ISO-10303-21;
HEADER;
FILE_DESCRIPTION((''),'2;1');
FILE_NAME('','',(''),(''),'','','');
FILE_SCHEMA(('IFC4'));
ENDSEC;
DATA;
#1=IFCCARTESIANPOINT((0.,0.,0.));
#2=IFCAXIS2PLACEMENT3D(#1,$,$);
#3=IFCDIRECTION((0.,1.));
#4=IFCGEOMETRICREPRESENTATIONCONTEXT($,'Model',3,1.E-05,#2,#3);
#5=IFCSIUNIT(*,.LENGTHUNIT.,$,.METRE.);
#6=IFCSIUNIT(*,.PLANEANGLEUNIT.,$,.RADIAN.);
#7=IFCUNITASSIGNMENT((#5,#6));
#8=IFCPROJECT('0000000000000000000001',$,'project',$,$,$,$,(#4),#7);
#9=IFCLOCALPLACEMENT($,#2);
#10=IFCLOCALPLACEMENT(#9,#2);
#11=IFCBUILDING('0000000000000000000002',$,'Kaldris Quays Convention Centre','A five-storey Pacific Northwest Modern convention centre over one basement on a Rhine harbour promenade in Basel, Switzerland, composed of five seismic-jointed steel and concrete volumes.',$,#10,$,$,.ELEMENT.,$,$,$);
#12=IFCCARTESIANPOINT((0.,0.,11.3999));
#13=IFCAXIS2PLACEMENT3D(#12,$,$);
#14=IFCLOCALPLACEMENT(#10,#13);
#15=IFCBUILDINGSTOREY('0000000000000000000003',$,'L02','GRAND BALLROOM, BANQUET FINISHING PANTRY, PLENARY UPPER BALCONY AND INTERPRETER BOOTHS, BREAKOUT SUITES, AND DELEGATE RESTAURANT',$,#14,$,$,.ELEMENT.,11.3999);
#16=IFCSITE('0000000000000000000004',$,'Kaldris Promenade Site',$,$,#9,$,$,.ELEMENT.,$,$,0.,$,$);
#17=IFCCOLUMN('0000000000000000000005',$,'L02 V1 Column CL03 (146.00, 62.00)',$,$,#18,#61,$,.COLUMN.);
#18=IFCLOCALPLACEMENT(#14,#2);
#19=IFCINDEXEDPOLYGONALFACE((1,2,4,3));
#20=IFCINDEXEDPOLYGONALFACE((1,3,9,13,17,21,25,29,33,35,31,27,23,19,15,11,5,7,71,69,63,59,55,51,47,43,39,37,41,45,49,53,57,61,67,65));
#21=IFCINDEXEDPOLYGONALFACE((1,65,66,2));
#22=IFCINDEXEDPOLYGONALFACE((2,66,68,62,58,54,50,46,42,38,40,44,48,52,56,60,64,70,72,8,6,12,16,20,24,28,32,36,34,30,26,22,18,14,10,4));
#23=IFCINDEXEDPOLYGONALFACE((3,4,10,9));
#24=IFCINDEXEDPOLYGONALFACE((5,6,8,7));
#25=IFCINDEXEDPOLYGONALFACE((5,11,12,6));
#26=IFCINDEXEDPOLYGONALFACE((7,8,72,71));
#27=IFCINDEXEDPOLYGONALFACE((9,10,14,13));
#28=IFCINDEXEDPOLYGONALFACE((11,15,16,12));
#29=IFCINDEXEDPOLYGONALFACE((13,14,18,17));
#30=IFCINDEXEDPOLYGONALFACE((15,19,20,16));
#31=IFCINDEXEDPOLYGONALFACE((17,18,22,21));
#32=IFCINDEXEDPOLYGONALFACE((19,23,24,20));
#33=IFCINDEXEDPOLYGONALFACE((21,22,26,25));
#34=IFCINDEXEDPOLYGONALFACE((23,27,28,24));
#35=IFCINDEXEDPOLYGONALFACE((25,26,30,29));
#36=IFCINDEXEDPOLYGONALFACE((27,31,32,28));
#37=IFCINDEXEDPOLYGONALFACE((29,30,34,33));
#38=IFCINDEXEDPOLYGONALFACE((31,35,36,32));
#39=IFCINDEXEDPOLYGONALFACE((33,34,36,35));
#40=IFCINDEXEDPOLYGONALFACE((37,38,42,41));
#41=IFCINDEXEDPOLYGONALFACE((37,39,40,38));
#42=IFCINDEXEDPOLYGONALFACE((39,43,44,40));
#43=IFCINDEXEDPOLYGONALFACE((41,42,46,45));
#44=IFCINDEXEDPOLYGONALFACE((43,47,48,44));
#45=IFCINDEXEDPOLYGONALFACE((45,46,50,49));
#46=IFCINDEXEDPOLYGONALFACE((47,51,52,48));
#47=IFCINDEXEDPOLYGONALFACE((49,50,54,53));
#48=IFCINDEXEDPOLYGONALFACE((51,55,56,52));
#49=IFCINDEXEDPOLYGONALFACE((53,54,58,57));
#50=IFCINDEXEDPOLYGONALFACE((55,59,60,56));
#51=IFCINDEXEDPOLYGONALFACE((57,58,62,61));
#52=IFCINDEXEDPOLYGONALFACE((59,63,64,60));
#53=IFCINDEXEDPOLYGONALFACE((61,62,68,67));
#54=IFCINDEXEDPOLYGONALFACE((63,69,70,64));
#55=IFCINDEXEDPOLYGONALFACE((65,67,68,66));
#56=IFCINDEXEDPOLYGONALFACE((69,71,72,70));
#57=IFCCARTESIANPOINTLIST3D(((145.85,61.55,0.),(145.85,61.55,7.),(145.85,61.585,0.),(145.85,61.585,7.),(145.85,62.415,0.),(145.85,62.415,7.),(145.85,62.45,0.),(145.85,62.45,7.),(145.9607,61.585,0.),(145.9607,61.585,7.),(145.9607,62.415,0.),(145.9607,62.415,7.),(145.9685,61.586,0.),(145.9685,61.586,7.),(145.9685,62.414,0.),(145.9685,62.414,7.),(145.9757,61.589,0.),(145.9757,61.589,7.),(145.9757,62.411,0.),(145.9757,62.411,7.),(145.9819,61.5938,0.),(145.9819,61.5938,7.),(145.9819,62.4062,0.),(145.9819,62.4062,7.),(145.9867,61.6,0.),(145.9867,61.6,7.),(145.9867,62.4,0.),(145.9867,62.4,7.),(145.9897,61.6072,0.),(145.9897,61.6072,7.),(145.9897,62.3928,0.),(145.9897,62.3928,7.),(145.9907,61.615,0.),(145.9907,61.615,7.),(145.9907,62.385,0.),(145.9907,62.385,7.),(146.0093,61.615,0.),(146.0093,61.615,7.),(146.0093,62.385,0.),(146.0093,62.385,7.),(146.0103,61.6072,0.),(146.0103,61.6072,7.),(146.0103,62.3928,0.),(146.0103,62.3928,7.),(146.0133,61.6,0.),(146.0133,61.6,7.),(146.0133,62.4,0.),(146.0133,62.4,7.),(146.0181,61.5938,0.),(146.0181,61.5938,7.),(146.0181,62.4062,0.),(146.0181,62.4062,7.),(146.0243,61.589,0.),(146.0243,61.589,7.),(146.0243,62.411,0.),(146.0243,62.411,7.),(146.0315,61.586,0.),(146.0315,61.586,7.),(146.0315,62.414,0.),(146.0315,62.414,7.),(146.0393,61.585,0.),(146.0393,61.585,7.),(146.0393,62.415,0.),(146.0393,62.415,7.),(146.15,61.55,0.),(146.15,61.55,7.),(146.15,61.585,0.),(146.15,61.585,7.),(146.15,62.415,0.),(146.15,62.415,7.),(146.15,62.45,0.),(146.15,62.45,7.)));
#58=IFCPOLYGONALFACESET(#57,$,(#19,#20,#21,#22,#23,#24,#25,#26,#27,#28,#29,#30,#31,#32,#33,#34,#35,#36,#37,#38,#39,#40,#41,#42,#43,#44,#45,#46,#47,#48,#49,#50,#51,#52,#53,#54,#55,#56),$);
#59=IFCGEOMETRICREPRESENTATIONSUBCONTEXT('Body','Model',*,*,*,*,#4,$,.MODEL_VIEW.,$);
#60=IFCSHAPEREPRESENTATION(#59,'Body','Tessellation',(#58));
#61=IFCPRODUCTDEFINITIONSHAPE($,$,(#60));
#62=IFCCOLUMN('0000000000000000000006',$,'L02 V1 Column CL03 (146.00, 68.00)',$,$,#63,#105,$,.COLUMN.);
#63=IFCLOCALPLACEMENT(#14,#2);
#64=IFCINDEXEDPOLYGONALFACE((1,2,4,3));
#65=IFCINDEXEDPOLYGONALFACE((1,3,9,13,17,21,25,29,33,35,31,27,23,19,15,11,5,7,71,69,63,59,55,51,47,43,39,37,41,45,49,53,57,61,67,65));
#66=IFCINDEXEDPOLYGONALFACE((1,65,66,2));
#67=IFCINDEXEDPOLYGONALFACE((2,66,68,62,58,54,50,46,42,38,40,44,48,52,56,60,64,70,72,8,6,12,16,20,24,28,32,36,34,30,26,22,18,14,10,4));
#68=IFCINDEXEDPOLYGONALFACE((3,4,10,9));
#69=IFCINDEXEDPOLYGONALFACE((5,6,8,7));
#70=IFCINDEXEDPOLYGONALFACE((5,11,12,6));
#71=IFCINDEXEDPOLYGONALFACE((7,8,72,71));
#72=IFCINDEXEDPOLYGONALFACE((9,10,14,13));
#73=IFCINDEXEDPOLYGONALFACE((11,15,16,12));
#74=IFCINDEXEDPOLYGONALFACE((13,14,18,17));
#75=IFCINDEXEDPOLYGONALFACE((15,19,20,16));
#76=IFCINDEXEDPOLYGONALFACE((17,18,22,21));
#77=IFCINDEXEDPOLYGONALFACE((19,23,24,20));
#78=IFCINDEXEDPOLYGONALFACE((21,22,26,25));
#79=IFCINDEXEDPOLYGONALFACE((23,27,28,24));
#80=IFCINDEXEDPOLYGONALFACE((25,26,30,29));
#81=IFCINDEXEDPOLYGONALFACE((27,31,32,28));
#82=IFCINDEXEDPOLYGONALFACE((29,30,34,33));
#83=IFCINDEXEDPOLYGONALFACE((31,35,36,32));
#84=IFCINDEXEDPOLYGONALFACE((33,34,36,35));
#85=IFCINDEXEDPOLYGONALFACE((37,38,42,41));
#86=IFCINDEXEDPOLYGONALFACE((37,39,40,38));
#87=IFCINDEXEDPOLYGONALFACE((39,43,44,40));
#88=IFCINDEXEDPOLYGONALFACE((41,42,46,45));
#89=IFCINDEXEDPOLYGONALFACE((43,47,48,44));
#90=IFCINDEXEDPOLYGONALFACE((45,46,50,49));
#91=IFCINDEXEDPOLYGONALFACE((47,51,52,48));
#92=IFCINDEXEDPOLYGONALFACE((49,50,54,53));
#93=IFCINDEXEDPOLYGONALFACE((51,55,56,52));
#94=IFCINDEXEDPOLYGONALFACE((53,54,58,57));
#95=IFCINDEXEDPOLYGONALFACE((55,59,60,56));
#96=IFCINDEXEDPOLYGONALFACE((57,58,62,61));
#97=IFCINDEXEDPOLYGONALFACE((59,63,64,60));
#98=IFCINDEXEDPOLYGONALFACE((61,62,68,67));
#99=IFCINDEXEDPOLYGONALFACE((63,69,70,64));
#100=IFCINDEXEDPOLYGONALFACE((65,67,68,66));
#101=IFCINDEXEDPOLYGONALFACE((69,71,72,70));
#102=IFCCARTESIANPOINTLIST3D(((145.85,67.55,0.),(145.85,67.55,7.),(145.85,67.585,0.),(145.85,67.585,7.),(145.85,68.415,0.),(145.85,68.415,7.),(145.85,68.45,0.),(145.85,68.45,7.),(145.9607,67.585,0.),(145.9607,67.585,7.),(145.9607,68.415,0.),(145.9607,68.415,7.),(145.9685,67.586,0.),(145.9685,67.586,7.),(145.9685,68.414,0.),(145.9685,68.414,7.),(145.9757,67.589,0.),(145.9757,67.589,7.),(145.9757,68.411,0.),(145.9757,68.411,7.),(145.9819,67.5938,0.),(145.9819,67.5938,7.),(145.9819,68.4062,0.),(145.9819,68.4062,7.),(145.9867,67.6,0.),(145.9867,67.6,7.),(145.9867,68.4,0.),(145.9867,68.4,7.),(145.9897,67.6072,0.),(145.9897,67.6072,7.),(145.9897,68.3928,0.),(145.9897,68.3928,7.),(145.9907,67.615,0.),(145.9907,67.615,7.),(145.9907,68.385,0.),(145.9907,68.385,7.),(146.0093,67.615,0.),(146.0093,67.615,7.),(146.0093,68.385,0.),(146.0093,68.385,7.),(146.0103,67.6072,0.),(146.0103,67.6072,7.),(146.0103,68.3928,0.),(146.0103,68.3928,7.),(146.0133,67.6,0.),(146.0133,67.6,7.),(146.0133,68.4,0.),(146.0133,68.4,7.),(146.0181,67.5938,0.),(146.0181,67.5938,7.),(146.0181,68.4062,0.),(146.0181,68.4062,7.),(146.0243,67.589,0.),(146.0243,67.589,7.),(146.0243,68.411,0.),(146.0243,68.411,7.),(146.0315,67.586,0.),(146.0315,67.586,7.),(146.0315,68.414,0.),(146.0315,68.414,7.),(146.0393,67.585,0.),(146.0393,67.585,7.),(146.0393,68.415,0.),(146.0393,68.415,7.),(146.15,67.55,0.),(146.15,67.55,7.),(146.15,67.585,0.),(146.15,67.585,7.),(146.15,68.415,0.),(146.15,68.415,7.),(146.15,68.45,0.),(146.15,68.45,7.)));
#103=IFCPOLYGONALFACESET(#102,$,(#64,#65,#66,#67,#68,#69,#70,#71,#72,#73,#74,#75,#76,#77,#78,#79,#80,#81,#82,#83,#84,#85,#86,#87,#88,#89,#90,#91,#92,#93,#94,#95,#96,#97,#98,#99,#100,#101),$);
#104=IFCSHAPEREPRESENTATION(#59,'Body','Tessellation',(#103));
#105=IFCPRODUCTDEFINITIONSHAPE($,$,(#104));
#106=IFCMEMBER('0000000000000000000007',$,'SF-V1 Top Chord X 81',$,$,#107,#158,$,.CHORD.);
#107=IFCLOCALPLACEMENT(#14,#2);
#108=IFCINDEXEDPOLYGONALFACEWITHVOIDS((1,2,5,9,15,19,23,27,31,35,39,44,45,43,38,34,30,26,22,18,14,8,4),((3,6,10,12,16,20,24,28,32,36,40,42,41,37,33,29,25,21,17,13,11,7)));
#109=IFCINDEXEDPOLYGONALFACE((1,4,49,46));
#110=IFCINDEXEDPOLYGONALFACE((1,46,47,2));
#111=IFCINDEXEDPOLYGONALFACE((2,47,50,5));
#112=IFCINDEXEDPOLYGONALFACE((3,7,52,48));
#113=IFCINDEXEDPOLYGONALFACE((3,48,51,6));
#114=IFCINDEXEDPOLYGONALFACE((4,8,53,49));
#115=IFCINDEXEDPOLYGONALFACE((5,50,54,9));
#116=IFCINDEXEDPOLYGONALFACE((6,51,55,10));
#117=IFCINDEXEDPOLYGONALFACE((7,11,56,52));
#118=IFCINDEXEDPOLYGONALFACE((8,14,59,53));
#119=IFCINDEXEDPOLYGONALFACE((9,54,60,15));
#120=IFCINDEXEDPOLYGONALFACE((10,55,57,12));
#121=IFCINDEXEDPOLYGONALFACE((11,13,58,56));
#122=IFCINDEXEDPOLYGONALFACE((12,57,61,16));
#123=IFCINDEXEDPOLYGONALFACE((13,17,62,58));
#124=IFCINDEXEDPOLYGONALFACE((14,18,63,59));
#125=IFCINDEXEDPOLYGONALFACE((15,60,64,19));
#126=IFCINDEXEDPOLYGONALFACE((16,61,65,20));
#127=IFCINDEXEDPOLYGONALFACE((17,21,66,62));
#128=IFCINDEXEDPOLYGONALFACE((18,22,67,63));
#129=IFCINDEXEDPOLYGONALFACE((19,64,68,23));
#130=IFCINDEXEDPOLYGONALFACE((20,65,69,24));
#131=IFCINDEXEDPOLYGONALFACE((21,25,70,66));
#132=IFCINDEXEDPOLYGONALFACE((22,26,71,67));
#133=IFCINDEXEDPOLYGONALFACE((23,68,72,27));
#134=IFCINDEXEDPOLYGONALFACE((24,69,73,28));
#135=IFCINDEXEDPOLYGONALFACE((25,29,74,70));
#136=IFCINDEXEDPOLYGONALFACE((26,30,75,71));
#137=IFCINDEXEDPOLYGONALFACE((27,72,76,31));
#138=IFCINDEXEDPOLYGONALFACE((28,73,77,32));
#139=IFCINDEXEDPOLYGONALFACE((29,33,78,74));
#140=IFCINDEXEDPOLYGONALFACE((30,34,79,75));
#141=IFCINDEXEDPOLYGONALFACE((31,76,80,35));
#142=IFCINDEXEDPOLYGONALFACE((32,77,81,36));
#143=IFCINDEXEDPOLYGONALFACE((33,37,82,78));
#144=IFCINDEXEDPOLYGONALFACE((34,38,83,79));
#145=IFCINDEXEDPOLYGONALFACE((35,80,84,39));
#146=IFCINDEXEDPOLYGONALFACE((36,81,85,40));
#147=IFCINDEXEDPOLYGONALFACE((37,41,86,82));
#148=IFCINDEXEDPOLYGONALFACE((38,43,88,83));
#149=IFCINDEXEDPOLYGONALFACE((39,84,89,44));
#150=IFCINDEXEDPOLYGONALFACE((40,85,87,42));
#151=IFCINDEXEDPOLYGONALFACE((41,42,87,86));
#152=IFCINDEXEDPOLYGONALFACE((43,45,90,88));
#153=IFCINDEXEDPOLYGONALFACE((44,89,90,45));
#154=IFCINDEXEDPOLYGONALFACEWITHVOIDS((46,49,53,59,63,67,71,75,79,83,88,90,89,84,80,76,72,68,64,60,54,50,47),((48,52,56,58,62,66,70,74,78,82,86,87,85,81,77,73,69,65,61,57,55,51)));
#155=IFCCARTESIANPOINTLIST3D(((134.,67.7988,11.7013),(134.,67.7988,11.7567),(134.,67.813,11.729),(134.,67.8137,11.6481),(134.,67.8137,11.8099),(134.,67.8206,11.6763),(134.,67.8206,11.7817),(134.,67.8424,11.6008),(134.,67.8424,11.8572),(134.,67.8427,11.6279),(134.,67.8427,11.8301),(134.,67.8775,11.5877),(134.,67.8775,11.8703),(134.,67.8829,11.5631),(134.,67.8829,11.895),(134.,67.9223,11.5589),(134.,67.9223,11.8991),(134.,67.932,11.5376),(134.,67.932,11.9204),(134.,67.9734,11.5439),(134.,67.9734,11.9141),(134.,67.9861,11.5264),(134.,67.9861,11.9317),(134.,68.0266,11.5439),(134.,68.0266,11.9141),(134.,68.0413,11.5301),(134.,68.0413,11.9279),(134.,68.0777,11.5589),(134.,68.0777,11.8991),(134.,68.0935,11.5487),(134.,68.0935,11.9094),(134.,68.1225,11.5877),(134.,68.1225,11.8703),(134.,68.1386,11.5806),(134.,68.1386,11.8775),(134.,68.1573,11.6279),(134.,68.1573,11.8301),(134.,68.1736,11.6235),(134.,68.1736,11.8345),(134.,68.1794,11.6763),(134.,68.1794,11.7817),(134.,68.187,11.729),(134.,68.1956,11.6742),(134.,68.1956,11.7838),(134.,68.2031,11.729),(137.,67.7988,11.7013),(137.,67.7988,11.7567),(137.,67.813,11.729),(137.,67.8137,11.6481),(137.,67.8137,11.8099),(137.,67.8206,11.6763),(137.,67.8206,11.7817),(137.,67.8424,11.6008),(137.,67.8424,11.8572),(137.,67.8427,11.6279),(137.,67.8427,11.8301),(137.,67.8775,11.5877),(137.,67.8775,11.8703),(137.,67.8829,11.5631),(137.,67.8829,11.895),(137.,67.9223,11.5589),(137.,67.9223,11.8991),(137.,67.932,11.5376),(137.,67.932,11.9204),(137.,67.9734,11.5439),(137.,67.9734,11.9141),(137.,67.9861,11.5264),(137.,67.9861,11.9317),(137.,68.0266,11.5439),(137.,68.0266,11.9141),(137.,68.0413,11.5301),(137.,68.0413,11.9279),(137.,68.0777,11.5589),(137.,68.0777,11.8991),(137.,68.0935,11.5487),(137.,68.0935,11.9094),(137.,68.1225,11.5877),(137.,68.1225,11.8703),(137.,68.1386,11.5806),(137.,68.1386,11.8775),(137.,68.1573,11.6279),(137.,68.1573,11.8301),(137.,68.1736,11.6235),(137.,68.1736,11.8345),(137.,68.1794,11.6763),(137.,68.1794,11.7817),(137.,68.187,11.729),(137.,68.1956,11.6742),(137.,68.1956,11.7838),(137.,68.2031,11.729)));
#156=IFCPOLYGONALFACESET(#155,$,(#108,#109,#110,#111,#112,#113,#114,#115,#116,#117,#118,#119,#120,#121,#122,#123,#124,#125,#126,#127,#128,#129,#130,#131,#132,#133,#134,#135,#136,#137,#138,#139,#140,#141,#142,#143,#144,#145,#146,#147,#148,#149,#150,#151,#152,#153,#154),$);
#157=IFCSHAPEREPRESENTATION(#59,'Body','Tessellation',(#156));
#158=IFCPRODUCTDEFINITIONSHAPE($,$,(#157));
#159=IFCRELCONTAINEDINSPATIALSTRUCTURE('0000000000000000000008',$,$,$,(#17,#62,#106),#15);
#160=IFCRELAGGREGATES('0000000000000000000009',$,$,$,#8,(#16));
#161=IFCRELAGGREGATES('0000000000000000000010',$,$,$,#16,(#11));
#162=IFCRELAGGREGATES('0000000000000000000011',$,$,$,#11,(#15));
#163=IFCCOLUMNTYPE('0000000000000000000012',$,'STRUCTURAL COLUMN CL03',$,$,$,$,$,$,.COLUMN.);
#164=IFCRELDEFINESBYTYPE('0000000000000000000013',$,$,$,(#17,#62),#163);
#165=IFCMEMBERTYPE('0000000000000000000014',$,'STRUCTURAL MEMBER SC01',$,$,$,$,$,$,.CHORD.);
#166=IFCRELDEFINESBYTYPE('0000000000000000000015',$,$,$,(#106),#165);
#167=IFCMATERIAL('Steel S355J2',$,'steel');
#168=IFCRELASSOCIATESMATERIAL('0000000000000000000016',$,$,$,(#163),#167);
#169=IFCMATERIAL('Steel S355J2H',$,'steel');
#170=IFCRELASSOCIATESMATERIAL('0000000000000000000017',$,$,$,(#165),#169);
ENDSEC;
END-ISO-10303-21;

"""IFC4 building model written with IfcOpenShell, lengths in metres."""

from ifc_helpers import new_model, si_unit, direction, frame, origin, origin_2d, place, context, subcontext, project, spatial, hollow_circle, i_section, extrude, material, material_profile, profile_set, type_object, element, save


model = new_model("IFC4")

# Units and contexts
model_context = context("Model", 3, precision=1e-05, world=origin(), true_north=direction((0.0, 1.0)))
body_context = subcontext(model_context, "Body", "Model", "MODEL_VIEW")
ifc_project = project(units=[si_unit("LENGTHUNIT", "METRE"), si_unit("PLANEANGLEUNIT", "RADIAN")], contexts=[model_context])

# Site, building, storey
site_placement = place(None, origin())
site = spatial("IfcSite", under=ifc_project, at=site_placement, Name="Kaldris Promenade Site", CompositionType="ELEMENT", RefElevation=0.0)
building_placement = place(site_placement, origin())
building = spatial("IfcBuilding", under=site, at=building_placement, Name="Kaldris Quays Convention Centre", Description="A five-storey Pacific Northwest Modern convention centre over one basement on a Rhine harbour promenade in Basel, Switzerland, composed of five seismic-jointed steel and concrete volumes.", CompositionType="ELEMENT")
storey_placement = place(building_placement, frame((0.0, 0.0, 11.3999)))
storey = spatial("IfcBuildingStorey", under=building, at=storey_placement, Name="L02", Description="GRAND BALLROOM, BANQUET FINISHING PANTRY, PLENARY UPPER BALCONY AND INTERPRETER BOOTHS, BREAKOUT SUITES, AND DELEGATE RESTAURANT", CompositionType="ELEMENT", Elevation=11.3999)

# Columns
ifc_material_1 = material(Name="Steel S355J2", Category="steel")
ifc_material_profile_1 = material_profile(ifc_material_1, i_section(OverallWidth=0.3, OverallDepth=0.8999, WebThickness=0.0186, FlangeThickness=0.0349, FilletRadius=0.03, at=origin_2d()), Name="HEB 900")
ifc_profile_set_1 = profile_set([ifc_material_profile_1], Name="Steel S355J2")
column_type = type_object("IfcColumnType", Name="STRUCTURAL COLUMN CL03", PredefinedType="COLUMN", material=ifc_profile_set_1)
for number, where, z_axis, x_axis, name in (
    (1, (146.0, 62.0, 0.0), (0.0, 0.0, 1.0), (1.0, 0.0, 0.0), "L02 V1 Column CL03 (146.00, 62.00)"),
    (2, (146.0, 68.0, 0.0), (0.0, 0.0, 1.0), (1.0, 0.0, 0.0), "L02 V1 Column CL03 (146.00, 68.00)"),
):
    element("IfcColumn", number, at=place(storey_placement, frame(where, z_axis=z_axis, x_axis=x_axis)), inside=storey, type_object=column_type, Name=name, PredefinedType="COLUMN", context=body_context, shape_type="SweptSolid", body=[
        extrude(i_section(OverallWidth=0.3, OverallDepth=0.8999, WebThickness=0.0186, FlangeThickness=0.0349, FilletRadius=0.03, at=origin_2d()), origin(), (0.0, 0.0, 1.0), 7.0),
    ])

# Member
ifc_material_2 = material(Name="Steel S355J2H", Category="steel")
ifc_material_profile_2 = material_profile(ifc_material_2, hollow_circle(Radius=0.2031, WallThickness=0.0161, at=origin_2d()), Name="CHS 406.4x16")
ifc_profile_set_2 = profile_set([ifc_material_profile_2], Name="Steel S355J2H")
member_type_1 = type_object("IfcMemberType", Name="STRUCTURAL MEMBER SC01", PredefinedType="CHORD", material=ifc_profile_set_2)
for number, where, z_axis, x_axis, name in (
    (3, (134.0, 68.0, 11.729), (1.0, 0.0, 0.0), (0.0, 1.0, 0.0), "SF-V1 Top Chord X 81"),
):
    element("IfcMember", number, at=place(storey_placement, frame(where, z_axis=z_axis, x_axis=x_axis)), inside=storey, type_object=member_type_1, Name=name, PredefinedType="CHORD", context=body_context, shape_type="SweptSolid", body=[
        extrude(hollow_circle(Radius=0.2031, WallThickness=0.0161, at=origin_2d()), origin(), (0.0, 0.0, 1.0), 3.0),
    ])

save(model, "model.ifc")
